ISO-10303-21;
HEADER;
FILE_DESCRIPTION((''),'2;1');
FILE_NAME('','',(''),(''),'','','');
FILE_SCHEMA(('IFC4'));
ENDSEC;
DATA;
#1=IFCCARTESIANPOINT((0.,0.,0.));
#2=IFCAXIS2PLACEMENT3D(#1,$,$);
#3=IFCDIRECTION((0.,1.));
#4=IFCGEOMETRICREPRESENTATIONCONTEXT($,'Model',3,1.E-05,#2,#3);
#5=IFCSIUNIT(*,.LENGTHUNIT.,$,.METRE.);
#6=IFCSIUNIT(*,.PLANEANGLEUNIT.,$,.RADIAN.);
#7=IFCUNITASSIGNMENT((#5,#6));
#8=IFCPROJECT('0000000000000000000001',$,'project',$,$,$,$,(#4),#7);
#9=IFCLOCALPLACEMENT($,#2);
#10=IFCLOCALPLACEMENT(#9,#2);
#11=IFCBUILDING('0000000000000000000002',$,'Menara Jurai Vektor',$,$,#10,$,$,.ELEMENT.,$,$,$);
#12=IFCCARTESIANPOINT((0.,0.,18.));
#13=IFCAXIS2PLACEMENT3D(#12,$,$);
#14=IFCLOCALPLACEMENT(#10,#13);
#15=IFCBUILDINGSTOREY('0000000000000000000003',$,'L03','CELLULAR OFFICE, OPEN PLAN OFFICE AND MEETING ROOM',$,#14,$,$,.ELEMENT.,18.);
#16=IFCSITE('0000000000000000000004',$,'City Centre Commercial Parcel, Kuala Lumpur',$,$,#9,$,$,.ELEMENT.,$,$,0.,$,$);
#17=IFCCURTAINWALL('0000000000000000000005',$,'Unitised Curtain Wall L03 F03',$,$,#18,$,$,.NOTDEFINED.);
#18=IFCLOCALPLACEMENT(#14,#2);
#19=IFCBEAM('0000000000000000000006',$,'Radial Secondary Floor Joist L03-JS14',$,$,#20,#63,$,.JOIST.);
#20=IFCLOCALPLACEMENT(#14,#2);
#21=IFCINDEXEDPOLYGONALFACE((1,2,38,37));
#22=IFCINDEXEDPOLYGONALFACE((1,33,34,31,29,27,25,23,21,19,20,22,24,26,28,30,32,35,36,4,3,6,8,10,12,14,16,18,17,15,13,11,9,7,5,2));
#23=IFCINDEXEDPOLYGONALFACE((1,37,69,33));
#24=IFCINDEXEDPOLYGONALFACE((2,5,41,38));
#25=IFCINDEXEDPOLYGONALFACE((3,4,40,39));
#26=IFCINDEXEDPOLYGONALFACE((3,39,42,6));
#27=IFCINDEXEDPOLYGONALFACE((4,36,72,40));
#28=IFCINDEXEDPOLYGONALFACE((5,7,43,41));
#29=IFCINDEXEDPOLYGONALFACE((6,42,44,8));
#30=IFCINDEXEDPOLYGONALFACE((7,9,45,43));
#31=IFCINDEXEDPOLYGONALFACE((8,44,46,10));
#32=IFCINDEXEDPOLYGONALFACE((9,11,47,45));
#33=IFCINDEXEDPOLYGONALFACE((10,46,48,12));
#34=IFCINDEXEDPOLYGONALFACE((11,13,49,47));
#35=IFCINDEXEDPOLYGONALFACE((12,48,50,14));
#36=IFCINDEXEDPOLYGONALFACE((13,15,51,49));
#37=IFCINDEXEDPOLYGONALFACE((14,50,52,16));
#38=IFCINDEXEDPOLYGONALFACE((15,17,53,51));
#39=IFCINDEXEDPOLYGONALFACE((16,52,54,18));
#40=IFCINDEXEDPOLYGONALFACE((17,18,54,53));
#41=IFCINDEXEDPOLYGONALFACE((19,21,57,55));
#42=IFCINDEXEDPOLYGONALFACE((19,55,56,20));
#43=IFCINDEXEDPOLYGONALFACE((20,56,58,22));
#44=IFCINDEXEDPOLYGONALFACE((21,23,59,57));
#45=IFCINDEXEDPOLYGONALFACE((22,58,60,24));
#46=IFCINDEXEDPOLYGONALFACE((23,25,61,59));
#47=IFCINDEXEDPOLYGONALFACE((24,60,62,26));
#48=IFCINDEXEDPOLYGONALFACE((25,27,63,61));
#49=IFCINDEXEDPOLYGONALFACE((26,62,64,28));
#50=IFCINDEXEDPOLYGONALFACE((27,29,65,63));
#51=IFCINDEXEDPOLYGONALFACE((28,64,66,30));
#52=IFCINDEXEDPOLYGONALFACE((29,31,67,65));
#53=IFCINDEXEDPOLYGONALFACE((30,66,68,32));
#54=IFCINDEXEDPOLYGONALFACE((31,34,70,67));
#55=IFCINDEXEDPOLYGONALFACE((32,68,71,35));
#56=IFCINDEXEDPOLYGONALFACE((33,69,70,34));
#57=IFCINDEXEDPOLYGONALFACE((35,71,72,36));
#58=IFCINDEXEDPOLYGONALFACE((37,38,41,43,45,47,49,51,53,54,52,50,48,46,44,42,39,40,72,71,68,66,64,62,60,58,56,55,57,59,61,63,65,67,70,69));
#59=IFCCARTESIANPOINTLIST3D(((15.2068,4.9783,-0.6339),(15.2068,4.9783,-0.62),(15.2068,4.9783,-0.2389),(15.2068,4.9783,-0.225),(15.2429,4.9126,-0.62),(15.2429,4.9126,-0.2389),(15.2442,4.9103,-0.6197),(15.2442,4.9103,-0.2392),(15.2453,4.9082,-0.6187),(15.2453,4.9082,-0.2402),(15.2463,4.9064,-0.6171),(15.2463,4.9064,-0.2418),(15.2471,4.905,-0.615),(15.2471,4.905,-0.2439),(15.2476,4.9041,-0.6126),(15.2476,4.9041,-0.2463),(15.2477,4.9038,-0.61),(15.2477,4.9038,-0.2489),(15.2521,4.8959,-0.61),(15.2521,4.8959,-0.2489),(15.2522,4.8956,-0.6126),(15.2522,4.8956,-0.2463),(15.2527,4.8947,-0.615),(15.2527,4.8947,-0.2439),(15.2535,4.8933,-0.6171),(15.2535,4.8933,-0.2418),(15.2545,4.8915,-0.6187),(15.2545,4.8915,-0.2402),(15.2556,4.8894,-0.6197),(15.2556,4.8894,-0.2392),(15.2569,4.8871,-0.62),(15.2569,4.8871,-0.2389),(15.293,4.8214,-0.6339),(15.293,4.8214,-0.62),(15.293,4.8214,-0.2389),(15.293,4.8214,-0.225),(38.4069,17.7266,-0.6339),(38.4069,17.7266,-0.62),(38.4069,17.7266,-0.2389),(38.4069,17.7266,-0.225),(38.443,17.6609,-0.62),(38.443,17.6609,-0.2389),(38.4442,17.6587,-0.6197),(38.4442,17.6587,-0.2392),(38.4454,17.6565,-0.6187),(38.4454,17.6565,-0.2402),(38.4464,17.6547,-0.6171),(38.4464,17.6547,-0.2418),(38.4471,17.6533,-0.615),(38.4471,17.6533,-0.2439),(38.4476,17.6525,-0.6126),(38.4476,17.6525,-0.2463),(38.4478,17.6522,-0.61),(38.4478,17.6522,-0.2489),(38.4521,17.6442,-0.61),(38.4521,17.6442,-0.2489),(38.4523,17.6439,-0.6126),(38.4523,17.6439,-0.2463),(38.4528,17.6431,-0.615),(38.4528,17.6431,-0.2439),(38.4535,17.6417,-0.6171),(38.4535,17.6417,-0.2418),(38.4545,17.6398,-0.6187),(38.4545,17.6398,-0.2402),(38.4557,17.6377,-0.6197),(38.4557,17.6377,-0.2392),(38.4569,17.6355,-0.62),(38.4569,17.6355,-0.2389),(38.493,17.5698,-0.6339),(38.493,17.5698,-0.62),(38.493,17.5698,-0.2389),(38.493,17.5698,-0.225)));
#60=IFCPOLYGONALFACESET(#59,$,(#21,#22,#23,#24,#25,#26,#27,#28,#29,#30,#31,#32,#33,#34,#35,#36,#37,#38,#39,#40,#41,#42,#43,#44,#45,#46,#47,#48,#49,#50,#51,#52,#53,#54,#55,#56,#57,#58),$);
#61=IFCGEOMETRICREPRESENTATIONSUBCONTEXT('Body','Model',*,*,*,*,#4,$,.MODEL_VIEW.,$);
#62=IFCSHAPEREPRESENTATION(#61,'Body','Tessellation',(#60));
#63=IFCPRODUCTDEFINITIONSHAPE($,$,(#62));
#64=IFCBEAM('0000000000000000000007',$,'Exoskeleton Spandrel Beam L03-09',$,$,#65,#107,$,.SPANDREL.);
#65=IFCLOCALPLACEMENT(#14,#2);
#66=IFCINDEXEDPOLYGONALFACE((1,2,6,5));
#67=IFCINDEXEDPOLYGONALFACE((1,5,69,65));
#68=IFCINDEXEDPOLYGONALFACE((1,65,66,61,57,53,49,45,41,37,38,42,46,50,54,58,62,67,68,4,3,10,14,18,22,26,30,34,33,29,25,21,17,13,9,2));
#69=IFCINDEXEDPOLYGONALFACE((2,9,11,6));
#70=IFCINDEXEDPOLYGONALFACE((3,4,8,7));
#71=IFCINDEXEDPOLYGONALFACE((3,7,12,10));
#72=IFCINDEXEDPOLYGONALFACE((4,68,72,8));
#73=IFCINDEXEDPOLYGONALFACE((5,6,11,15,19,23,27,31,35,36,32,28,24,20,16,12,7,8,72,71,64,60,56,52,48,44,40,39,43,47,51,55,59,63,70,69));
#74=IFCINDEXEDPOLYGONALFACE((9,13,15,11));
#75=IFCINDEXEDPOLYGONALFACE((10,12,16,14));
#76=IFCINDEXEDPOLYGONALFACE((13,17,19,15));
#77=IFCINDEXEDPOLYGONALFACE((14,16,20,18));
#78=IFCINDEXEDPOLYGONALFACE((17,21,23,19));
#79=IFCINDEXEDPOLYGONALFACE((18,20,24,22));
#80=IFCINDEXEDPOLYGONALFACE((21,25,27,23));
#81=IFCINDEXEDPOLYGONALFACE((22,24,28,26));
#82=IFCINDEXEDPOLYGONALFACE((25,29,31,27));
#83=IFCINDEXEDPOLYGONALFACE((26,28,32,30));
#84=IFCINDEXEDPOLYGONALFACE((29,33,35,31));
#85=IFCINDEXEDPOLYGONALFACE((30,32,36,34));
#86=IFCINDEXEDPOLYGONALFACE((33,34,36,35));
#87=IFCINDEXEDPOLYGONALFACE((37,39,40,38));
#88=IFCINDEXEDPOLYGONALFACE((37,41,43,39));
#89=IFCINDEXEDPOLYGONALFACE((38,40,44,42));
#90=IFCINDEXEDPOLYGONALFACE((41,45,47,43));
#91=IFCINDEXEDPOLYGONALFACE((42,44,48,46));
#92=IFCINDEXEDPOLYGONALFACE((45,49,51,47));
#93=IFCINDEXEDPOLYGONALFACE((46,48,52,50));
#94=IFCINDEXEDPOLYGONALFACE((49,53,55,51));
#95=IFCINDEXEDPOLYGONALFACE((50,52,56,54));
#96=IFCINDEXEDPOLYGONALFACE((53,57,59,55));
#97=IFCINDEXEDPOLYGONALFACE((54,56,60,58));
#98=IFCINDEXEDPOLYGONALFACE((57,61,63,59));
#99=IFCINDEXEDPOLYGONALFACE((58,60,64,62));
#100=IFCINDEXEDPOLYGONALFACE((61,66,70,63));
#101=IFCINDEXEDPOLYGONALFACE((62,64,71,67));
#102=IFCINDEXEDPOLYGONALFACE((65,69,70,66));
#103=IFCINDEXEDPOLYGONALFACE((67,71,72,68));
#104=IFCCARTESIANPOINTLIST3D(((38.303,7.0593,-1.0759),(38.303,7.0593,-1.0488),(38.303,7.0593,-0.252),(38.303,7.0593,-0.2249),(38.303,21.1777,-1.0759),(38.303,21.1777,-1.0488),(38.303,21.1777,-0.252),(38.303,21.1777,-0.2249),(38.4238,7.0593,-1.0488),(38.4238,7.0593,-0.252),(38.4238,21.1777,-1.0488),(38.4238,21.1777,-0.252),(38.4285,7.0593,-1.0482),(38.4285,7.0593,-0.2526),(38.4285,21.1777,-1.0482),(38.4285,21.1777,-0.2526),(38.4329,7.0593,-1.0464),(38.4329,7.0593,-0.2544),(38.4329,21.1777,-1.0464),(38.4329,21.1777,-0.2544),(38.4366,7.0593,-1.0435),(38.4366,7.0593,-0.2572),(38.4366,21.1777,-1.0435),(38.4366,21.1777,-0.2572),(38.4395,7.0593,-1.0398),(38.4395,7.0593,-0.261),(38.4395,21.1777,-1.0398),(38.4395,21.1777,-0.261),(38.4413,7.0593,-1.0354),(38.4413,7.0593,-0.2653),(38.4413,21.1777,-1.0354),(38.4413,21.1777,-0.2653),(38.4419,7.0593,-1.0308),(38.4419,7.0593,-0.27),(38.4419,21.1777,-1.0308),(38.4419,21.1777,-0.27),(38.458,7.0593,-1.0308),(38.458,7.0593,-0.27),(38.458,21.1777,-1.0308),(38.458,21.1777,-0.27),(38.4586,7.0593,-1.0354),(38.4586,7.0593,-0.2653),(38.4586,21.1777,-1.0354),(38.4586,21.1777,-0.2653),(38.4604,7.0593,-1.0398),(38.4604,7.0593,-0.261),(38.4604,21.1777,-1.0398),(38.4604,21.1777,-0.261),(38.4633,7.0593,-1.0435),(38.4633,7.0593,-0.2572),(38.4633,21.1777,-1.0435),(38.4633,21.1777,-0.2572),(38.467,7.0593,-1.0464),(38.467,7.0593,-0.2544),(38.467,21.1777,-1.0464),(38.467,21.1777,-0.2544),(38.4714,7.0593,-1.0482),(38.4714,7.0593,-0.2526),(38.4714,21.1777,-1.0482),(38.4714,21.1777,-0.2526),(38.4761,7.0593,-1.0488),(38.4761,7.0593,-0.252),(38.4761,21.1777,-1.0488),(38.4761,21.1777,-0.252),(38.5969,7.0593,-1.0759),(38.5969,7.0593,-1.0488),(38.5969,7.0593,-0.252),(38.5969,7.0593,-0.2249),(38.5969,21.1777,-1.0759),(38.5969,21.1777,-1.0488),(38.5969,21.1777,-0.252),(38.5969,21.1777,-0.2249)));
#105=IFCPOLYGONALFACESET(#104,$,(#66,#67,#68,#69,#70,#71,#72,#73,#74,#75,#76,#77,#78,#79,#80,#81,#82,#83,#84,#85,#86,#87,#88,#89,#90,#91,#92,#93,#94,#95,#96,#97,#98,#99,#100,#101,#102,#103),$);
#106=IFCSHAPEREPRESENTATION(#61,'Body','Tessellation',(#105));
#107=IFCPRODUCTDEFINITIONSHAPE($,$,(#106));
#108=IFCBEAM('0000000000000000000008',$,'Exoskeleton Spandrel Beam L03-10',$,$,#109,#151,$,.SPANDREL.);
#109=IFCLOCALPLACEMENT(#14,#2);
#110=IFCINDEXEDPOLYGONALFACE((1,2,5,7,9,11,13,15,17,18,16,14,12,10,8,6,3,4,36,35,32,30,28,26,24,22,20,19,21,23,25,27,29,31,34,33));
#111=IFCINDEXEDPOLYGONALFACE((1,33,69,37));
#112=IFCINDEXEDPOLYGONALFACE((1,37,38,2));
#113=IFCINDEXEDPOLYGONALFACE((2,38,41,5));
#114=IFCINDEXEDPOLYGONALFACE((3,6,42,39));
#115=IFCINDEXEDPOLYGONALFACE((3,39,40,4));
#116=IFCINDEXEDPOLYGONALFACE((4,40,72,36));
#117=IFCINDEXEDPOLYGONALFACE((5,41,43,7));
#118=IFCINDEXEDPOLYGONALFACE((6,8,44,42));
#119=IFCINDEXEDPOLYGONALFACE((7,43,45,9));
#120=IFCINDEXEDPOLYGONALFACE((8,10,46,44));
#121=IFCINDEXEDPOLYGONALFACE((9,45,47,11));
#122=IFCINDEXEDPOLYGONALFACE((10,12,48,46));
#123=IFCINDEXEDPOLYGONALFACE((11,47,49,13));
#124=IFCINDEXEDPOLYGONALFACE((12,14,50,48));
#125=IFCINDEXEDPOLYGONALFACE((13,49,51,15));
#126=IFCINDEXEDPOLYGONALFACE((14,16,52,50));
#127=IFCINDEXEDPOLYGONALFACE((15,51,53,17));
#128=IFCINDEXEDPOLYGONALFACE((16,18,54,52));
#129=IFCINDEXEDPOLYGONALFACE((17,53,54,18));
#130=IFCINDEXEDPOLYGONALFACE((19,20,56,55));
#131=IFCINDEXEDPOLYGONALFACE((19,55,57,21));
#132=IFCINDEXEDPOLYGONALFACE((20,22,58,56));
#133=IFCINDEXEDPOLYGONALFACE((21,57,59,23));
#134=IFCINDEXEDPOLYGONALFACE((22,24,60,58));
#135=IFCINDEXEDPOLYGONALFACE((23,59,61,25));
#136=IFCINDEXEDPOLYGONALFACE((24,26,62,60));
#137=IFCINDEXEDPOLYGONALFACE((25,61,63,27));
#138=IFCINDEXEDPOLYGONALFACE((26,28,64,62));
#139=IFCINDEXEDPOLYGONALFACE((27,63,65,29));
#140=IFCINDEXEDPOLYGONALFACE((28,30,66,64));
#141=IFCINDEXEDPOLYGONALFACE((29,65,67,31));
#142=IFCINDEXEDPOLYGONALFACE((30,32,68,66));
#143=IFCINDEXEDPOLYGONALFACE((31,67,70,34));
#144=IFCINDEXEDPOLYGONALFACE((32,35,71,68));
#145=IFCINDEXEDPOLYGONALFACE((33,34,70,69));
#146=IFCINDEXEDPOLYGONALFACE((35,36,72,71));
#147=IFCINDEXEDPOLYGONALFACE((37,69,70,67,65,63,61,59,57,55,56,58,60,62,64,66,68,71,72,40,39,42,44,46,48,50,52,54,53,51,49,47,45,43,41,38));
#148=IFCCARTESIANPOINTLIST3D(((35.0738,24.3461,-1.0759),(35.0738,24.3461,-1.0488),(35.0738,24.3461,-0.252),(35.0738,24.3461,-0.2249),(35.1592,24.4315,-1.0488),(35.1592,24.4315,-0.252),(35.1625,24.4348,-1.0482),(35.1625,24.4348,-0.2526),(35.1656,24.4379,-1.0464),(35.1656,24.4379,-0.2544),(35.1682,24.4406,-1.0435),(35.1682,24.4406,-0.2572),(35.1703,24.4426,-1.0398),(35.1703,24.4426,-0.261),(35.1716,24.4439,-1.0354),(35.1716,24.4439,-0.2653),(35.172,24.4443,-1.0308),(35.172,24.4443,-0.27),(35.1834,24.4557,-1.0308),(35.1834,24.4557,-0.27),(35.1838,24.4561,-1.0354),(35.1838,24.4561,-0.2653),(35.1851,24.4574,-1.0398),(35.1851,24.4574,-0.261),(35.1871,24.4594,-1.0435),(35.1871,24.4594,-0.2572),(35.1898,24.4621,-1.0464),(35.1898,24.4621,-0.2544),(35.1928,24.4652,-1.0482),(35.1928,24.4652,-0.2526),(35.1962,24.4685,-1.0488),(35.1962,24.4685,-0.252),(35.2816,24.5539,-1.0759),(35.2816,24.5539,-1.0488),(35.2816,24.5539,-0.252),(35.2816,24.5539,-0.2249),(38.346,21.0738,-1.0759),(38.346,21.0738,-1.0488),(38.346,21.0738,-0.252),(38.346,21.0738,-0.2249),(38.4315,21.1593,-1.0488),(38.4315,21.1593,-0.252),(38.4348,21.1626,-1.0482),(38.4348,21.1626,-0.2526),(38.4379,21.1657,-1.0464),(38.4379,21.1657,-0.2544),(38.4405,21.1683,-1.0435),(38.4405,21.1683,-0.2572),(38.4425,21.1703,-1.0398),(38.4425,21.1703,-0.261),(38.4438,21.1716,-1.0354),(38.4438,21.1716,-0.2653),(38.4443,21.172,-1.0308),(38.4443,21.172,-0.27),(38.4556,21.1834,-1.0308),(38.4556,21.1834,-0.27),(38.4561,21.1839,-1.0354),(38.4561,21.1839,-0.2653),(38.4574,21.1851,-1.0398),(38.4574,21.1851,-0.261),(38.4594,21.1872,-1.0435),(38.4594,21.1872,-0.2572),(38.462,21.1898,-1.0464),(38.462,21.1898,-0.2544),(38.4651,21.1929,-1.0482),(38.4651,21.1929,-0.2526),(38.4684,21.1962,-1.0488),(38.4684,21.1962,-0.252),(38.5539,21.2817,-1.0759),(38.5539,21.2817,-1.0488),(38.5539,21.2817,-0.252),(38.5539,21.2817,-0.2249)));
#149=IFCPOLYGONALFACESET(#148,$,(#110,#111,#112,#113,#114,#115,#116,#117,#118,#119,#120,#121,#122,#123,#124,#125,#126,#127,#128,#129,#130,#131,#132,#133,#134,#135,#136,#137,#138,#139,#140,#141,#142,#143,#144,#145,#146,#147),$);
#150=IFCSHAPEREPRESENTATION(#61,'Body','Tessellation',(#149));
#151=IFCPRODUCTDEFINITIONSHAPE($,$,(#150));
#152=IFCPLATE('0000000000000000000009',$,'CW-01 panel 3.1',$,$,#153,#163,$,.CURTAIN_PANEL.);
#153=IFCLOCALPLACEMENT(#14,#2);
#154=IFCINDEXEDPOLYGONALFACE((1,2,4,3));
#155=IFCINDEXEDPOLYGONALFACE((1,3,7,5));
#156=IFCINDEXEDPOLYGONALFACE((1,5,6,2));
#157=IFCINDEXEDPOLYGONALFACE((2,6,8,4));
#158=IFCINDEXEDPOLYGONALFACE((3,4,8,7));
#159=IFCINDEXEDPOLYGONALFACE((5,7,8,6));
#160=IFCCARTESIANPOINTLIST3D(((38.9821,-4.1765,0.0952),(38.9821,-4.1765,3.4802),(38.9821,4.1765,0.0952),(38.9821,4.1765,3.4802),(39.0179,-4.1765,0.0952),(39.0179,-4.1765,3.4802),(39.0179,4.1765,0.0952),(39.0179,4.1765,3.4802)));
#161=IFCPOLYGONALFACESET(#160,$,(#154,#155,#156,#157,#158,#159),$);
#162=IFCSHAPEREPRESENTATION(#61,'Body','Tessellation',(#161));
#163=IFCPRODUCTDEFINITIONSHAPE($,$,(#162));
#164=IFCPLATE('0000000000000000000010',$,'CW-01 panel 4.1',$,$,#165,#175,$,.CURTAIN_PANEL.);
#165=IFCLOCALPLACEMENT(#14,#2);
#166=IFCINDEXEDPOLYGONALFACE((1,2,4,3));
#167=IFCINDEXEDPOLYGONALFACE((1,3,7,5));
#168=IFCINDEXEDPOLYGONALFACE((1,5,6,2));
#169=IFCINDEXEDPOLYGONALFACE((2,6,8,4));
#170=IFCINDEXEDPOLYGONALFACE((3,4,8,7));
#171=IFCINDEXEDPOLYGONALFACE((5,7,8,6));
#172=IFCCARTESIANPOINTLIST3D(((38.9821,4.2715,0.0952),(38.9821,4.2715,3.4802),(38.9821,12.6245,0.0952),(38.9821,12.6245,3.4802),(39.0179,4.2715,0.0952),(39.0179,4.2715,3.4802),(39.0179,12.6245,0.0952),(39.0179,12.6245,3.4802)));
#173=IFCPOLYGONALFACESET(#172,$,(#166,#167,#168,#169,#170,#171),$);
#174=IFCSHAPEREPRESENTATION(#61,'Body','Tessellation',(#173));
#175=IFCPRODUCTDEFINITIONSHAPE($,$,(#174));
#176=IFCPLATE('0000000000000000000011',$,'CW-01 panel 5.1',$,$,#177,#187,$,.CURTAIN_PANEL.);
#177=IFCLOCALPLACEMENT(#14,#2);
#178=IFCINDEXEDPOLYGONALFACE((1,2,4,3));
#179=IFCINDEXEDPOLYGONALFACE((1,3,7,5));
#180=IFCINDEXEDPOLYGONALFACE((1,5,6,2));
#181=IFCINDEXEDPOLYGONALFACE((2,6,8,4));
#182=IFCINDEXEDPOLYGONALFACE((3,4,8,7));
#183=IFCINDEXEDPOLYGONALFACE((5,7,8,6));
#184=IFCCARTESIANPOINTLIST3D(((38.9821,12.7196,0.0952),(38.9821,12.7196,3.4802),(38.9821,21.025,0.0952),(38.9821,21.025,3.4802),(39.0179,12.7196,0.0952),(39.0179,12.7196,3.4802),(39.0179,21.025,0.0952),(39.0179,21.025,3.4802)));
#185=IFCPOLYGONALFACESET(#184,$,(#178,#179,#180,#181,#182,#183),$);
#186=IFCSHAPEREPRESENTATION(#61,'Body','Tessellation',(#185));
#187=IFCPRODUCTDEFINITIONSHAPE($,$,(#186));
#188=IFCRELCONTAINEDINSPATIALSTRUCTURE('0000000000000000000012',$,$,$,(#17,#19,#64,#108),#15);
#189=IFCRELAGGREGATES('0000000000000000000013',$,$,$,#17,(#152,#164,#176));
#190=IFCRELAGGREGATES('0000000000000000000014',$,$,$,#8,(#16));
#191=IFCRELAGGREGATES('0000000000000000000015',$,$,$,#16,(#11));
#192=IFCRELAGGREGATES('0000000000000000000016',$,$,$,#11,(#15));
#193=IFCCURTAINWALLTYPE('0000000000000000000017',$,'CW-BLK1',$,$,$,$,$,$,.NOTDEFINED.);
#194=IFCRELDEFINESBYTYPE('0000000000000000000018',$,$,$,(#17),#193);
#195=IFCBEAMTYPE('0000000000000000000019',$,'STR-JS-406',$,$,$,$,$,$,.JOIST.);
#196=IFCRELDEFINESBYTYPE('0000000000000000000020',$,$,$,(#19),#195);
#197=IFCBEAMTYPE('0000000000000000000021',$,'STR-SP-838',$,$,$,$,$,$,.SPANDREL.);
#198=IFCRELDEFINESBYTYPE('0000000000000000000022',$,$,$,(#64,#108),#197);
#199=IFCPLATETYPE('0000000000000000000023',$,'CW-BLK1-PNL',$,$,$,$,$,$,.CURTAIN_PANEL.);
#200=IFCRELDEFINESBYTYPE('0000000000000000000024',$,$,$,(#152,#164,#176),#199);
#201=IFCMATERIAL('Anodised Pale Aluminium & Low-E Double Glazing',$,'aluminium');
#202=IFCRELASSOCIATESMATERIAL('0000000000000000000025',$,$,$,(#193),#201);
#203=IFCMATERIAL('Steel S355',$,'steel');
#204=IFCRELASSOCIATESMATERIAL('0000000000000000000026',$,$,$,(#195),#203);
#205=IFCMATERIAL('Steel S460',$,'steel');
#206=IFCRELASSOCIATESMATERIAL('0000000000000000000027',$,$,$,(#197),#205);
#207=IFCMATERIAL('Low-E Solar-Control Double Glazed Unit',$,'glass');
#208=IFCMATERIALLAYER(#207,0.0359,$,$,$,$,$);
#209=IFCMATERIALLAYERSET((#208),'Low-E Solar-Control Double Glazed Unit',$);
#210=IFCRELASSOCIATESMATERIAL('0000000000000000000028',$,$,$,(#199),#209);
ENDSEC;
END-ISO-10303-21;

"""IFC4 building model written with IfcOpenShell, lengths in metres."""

from ifc_helpers import new_model, si_unit, direction, frame, origin, origin_2d, place, context, subcontext, project, spatial, rectangle, i_section, extrude, material, layer, layer_set, material_profile, profile_set, type_object, element, aggregate, save


model = new_model("IFC4")

# Units and contexts
model_context = context("Model", 3, precision=1e-05, world=origin(), true_north=direction((0.0, 1.0)))
body_context = subcontext(model_context, "Body", "Model", "MODEL_VIEW")
ifc_project = project(units=[si_unit("LENGTHUNIT", "METRE"), si_unit("PLANEANGLEUNIT", "RADIAN")], contexts=[model_context])

# Site, building, storey
site_placement = place(None, origin())
site = spatial("IfcSite", under=ifc_project, at=site_placement, Name="City Centre Commercial Parcel, Kuala Lumpur", CompositionType="ELEMENT", RefElevation=0.0)
building_placement = place(site_placement, origin())
building = spatial("IfcBuilding", under=site, at=building_placement, Name="Menara Jurai Vektor", CompositionType="ELEMENT")
storey_placement = place(building_placement, frame((0.0, 0.0, 18.0)))
storey = spatial("IfcBuildingStorey", under=building, at=storey_placement, Name="L03", Description="CELLULAR OFFICE, OPEN PLAN OFFICE AND MEETING ROOM", CompositionType="ELEMENT", Elevation=18.0)

# Shared definitions
ifc_material_1 = material(Name="Steel S460", Category="steel")

# Curtain wall
ifc_material_2 = material(Name="Anodised Pale Aluminium & Low-E Double Glazing", Category="aluminium")
curtain_wall_type = type_object("IfcCurtainWallType", Name="CW-BLK1", PredefinedType="NOTDEFINED", material=ifc_material_2)
curtain_wall_placement = place(storey_placement, origin())
curtain_wall = element("IfcCurtainWall", 1, at=curtain_wall_placement, inside=storey, type_object=curtain_wall_type, Name="Unitised Curtain Wall L03 F03", PredefinedType="NOTDEFINED")

# Beams
ifc_material_3 = material(Name="Steel S355", Category="steel")
ifc_material_profile_1 = material_profile(ifc_material_3, i_section(OverallWidth=0.179, OverallDepth=0.4089, WebThickness=0.009, FlangeThickness=0.0139, FilletRadius=0.01, at=origin_2d()), Name="UKB 406x178x67")
ifc_profile_set_1 = profile_set([ifc_material_profile_1], Name="Steel S355")
beam_type_1 = type_object("IfcBeamType", Name="STR-JS-406", PredefinedType="JOIST", material=ifc_profile_set_1)
beam_1_placement = place(storey_placement, frame((38.45, 17.6482, -0.4294), z_axis=(-0.876402, -0.48158, 0.0), x_axis=(0.48158, -0.876402, 0.0)))
element("IfcBeam", 2, at=beam_1_placement, inside=storey, type_object=beam_type_1, Name="Radial Secondary Floor Joist L03-JS14", PredefinedType="JOIST", context=body_context, shape_type="SweptSolid", body=[
    extrude(i_section(OverallWidth=0.179, OverallDepth=0.4089, WebThickness=0.009, FlangeThickness=0.0139, FilletRadius=0.01, at=origin_2d()), origin(), (0.0, 0.0, 1.0), 26.4719),
])
ifc_material_profile_2 = material_profile(ifc_material_1, i_section(OverallWidth=0.2939, OverallDepth=0.8511, WebThickness=0.0161, FlangeThickness=0.0271, FilletRadius=0.0181, at=origin_2d()), Name="UKB 838x292x226")
ifc_profile_set_2 = profile_set([ifc_material_profile_2], Name="Steel S460")
beam_type_2 = type_object("IfcBeamType", Name="STR-SP-838", PredefinedType="SPANDREL", material=ifc_profile_set_2)
beam_2_placement = place(storey_placement, frame((38.45, 7.0593, -0.6504), z_axis=(0.0, 1.0, 0.0), x_axis=(-1.0, 0.0, 0.0)))
element("IfcBeam", 3, at=beam_2_placement, inside=storey, type_object=beam_type_2, Name="Exoskeleton Spandrel Beam L03-09", PredefinedType="SPANDREL", context=body_context, shape_type="SweptSolid", body=[
    extrude(i_section(OverallWidth=0.2939, OverallDepth=0.8511, WebThickness=0.0161, FlangeThickness=0.0271, FilletRadius=0.0181, at=origin_2d()), origin(), (0.0, 0.0, 1.0), 14.1184),
])
beam_3_placement = place(storey_placement, frame((38.45, 21.1777, -0.6504), z_axis=(-0.707107, 0.707107, 0.0), x_axis=(-0.707107, -0.707107, 0.0)))
element("IfcBeam", 4, at=beam_3_placement, inside=storey, type_object=beam_type_2, Name="Exoskeleton Spandrel Beam L03-10", PredefinedType="SPANDREL", context=body_context, shape_type="SweptSolid", body=[
    extrude(i_section(OverallWidth=0.2939, OverallDepth=0.8511, WebThickness=0.0161, FlangeThickness=0.0271, FilletRadius=0.0181, at=origin_2d()), origin(), (0.0, 0.0, 1.0), 4.6277),
])

# Plates
ifc_material_4 = material(Name="Low-E Solar-Control Double Glazed Unit", Category="glass")
ifc_layer_1 = layer(ifc_material_4, 0.0359)
ifc_layer_set_1 = layer_set([ifc_layer_1], Name="Low-E Solar-Control Double Glazed Unit")
plate_type_1 = type_object("IfcPlateType", Name="CW-BLK1-PNL", PredefinedType="CURTAIN_PANEL", material=ifc_layer_set_1)
plate_1_placement = place(storey_placement, frame((39.0, 0.0, 0.0952), z_axis=(0.0, 0.0, 1.0), x_axis=(0.0, 1.0, 0.0)))
plate_1 = element("IfcPlate", 5, at=plate_1_placement, type_object=plate_type_1, Name="CW-01 panel 3.1", PredefinedType="CURTAIN_PANEL", context=body_context, shape_type="SweptSolid", body=[
    extrude(rectangle(XDim=8.353, YDim=0.0359, at=origin_2d()), origin(), (0.0, 0.0, 1.0), 3.385),
])
plate_2_placement = place(storey_placement, frame((39.0, 8.448, 0.0952), z_axis=(0.0, 0.0, 1.0), x_axis=(0.0, 1.0, 0.0)))
plate_2 = element("IfcPlate", 6, at=plate_2_placement, type_object=plate_type_1, Name="CW-01 panel 4.1", PredefinedType="CURTAIN_PANEL", context=body_context, shape_type="SweptSolid", body=[
    extrude(rectangle(XDim=8.353, YDim=0.0359, at=origin_2d()), origin(), (0.0, 0.0, 1.0), 3.385),
])
plate_3_placement = place(storey_placement, frame((39.0, 16.8723, 0.0952), z_axis=(0.0, 0.0, 1.0), x_axis=(0.0, 1.0, 0.0)))
plate_3 = element("IfcPlate", 7, at=plate_3_placement, type_object=plate_type_1, Name="CW-01 panel 5.1", PredefinedType="CURTAIN_PANEL", context=body_context, shape_type="SweptSolid", body=[
    extrude(rectangle(XDim=8.3054, YDim=0.0359, at=origin_2d()), origin(), (0.0, 0.0, 1.0), 3.385),
])
aggregate(curtain_wall, [plate_1, plate_2, plate_3])

save(model, "model.ifc")
